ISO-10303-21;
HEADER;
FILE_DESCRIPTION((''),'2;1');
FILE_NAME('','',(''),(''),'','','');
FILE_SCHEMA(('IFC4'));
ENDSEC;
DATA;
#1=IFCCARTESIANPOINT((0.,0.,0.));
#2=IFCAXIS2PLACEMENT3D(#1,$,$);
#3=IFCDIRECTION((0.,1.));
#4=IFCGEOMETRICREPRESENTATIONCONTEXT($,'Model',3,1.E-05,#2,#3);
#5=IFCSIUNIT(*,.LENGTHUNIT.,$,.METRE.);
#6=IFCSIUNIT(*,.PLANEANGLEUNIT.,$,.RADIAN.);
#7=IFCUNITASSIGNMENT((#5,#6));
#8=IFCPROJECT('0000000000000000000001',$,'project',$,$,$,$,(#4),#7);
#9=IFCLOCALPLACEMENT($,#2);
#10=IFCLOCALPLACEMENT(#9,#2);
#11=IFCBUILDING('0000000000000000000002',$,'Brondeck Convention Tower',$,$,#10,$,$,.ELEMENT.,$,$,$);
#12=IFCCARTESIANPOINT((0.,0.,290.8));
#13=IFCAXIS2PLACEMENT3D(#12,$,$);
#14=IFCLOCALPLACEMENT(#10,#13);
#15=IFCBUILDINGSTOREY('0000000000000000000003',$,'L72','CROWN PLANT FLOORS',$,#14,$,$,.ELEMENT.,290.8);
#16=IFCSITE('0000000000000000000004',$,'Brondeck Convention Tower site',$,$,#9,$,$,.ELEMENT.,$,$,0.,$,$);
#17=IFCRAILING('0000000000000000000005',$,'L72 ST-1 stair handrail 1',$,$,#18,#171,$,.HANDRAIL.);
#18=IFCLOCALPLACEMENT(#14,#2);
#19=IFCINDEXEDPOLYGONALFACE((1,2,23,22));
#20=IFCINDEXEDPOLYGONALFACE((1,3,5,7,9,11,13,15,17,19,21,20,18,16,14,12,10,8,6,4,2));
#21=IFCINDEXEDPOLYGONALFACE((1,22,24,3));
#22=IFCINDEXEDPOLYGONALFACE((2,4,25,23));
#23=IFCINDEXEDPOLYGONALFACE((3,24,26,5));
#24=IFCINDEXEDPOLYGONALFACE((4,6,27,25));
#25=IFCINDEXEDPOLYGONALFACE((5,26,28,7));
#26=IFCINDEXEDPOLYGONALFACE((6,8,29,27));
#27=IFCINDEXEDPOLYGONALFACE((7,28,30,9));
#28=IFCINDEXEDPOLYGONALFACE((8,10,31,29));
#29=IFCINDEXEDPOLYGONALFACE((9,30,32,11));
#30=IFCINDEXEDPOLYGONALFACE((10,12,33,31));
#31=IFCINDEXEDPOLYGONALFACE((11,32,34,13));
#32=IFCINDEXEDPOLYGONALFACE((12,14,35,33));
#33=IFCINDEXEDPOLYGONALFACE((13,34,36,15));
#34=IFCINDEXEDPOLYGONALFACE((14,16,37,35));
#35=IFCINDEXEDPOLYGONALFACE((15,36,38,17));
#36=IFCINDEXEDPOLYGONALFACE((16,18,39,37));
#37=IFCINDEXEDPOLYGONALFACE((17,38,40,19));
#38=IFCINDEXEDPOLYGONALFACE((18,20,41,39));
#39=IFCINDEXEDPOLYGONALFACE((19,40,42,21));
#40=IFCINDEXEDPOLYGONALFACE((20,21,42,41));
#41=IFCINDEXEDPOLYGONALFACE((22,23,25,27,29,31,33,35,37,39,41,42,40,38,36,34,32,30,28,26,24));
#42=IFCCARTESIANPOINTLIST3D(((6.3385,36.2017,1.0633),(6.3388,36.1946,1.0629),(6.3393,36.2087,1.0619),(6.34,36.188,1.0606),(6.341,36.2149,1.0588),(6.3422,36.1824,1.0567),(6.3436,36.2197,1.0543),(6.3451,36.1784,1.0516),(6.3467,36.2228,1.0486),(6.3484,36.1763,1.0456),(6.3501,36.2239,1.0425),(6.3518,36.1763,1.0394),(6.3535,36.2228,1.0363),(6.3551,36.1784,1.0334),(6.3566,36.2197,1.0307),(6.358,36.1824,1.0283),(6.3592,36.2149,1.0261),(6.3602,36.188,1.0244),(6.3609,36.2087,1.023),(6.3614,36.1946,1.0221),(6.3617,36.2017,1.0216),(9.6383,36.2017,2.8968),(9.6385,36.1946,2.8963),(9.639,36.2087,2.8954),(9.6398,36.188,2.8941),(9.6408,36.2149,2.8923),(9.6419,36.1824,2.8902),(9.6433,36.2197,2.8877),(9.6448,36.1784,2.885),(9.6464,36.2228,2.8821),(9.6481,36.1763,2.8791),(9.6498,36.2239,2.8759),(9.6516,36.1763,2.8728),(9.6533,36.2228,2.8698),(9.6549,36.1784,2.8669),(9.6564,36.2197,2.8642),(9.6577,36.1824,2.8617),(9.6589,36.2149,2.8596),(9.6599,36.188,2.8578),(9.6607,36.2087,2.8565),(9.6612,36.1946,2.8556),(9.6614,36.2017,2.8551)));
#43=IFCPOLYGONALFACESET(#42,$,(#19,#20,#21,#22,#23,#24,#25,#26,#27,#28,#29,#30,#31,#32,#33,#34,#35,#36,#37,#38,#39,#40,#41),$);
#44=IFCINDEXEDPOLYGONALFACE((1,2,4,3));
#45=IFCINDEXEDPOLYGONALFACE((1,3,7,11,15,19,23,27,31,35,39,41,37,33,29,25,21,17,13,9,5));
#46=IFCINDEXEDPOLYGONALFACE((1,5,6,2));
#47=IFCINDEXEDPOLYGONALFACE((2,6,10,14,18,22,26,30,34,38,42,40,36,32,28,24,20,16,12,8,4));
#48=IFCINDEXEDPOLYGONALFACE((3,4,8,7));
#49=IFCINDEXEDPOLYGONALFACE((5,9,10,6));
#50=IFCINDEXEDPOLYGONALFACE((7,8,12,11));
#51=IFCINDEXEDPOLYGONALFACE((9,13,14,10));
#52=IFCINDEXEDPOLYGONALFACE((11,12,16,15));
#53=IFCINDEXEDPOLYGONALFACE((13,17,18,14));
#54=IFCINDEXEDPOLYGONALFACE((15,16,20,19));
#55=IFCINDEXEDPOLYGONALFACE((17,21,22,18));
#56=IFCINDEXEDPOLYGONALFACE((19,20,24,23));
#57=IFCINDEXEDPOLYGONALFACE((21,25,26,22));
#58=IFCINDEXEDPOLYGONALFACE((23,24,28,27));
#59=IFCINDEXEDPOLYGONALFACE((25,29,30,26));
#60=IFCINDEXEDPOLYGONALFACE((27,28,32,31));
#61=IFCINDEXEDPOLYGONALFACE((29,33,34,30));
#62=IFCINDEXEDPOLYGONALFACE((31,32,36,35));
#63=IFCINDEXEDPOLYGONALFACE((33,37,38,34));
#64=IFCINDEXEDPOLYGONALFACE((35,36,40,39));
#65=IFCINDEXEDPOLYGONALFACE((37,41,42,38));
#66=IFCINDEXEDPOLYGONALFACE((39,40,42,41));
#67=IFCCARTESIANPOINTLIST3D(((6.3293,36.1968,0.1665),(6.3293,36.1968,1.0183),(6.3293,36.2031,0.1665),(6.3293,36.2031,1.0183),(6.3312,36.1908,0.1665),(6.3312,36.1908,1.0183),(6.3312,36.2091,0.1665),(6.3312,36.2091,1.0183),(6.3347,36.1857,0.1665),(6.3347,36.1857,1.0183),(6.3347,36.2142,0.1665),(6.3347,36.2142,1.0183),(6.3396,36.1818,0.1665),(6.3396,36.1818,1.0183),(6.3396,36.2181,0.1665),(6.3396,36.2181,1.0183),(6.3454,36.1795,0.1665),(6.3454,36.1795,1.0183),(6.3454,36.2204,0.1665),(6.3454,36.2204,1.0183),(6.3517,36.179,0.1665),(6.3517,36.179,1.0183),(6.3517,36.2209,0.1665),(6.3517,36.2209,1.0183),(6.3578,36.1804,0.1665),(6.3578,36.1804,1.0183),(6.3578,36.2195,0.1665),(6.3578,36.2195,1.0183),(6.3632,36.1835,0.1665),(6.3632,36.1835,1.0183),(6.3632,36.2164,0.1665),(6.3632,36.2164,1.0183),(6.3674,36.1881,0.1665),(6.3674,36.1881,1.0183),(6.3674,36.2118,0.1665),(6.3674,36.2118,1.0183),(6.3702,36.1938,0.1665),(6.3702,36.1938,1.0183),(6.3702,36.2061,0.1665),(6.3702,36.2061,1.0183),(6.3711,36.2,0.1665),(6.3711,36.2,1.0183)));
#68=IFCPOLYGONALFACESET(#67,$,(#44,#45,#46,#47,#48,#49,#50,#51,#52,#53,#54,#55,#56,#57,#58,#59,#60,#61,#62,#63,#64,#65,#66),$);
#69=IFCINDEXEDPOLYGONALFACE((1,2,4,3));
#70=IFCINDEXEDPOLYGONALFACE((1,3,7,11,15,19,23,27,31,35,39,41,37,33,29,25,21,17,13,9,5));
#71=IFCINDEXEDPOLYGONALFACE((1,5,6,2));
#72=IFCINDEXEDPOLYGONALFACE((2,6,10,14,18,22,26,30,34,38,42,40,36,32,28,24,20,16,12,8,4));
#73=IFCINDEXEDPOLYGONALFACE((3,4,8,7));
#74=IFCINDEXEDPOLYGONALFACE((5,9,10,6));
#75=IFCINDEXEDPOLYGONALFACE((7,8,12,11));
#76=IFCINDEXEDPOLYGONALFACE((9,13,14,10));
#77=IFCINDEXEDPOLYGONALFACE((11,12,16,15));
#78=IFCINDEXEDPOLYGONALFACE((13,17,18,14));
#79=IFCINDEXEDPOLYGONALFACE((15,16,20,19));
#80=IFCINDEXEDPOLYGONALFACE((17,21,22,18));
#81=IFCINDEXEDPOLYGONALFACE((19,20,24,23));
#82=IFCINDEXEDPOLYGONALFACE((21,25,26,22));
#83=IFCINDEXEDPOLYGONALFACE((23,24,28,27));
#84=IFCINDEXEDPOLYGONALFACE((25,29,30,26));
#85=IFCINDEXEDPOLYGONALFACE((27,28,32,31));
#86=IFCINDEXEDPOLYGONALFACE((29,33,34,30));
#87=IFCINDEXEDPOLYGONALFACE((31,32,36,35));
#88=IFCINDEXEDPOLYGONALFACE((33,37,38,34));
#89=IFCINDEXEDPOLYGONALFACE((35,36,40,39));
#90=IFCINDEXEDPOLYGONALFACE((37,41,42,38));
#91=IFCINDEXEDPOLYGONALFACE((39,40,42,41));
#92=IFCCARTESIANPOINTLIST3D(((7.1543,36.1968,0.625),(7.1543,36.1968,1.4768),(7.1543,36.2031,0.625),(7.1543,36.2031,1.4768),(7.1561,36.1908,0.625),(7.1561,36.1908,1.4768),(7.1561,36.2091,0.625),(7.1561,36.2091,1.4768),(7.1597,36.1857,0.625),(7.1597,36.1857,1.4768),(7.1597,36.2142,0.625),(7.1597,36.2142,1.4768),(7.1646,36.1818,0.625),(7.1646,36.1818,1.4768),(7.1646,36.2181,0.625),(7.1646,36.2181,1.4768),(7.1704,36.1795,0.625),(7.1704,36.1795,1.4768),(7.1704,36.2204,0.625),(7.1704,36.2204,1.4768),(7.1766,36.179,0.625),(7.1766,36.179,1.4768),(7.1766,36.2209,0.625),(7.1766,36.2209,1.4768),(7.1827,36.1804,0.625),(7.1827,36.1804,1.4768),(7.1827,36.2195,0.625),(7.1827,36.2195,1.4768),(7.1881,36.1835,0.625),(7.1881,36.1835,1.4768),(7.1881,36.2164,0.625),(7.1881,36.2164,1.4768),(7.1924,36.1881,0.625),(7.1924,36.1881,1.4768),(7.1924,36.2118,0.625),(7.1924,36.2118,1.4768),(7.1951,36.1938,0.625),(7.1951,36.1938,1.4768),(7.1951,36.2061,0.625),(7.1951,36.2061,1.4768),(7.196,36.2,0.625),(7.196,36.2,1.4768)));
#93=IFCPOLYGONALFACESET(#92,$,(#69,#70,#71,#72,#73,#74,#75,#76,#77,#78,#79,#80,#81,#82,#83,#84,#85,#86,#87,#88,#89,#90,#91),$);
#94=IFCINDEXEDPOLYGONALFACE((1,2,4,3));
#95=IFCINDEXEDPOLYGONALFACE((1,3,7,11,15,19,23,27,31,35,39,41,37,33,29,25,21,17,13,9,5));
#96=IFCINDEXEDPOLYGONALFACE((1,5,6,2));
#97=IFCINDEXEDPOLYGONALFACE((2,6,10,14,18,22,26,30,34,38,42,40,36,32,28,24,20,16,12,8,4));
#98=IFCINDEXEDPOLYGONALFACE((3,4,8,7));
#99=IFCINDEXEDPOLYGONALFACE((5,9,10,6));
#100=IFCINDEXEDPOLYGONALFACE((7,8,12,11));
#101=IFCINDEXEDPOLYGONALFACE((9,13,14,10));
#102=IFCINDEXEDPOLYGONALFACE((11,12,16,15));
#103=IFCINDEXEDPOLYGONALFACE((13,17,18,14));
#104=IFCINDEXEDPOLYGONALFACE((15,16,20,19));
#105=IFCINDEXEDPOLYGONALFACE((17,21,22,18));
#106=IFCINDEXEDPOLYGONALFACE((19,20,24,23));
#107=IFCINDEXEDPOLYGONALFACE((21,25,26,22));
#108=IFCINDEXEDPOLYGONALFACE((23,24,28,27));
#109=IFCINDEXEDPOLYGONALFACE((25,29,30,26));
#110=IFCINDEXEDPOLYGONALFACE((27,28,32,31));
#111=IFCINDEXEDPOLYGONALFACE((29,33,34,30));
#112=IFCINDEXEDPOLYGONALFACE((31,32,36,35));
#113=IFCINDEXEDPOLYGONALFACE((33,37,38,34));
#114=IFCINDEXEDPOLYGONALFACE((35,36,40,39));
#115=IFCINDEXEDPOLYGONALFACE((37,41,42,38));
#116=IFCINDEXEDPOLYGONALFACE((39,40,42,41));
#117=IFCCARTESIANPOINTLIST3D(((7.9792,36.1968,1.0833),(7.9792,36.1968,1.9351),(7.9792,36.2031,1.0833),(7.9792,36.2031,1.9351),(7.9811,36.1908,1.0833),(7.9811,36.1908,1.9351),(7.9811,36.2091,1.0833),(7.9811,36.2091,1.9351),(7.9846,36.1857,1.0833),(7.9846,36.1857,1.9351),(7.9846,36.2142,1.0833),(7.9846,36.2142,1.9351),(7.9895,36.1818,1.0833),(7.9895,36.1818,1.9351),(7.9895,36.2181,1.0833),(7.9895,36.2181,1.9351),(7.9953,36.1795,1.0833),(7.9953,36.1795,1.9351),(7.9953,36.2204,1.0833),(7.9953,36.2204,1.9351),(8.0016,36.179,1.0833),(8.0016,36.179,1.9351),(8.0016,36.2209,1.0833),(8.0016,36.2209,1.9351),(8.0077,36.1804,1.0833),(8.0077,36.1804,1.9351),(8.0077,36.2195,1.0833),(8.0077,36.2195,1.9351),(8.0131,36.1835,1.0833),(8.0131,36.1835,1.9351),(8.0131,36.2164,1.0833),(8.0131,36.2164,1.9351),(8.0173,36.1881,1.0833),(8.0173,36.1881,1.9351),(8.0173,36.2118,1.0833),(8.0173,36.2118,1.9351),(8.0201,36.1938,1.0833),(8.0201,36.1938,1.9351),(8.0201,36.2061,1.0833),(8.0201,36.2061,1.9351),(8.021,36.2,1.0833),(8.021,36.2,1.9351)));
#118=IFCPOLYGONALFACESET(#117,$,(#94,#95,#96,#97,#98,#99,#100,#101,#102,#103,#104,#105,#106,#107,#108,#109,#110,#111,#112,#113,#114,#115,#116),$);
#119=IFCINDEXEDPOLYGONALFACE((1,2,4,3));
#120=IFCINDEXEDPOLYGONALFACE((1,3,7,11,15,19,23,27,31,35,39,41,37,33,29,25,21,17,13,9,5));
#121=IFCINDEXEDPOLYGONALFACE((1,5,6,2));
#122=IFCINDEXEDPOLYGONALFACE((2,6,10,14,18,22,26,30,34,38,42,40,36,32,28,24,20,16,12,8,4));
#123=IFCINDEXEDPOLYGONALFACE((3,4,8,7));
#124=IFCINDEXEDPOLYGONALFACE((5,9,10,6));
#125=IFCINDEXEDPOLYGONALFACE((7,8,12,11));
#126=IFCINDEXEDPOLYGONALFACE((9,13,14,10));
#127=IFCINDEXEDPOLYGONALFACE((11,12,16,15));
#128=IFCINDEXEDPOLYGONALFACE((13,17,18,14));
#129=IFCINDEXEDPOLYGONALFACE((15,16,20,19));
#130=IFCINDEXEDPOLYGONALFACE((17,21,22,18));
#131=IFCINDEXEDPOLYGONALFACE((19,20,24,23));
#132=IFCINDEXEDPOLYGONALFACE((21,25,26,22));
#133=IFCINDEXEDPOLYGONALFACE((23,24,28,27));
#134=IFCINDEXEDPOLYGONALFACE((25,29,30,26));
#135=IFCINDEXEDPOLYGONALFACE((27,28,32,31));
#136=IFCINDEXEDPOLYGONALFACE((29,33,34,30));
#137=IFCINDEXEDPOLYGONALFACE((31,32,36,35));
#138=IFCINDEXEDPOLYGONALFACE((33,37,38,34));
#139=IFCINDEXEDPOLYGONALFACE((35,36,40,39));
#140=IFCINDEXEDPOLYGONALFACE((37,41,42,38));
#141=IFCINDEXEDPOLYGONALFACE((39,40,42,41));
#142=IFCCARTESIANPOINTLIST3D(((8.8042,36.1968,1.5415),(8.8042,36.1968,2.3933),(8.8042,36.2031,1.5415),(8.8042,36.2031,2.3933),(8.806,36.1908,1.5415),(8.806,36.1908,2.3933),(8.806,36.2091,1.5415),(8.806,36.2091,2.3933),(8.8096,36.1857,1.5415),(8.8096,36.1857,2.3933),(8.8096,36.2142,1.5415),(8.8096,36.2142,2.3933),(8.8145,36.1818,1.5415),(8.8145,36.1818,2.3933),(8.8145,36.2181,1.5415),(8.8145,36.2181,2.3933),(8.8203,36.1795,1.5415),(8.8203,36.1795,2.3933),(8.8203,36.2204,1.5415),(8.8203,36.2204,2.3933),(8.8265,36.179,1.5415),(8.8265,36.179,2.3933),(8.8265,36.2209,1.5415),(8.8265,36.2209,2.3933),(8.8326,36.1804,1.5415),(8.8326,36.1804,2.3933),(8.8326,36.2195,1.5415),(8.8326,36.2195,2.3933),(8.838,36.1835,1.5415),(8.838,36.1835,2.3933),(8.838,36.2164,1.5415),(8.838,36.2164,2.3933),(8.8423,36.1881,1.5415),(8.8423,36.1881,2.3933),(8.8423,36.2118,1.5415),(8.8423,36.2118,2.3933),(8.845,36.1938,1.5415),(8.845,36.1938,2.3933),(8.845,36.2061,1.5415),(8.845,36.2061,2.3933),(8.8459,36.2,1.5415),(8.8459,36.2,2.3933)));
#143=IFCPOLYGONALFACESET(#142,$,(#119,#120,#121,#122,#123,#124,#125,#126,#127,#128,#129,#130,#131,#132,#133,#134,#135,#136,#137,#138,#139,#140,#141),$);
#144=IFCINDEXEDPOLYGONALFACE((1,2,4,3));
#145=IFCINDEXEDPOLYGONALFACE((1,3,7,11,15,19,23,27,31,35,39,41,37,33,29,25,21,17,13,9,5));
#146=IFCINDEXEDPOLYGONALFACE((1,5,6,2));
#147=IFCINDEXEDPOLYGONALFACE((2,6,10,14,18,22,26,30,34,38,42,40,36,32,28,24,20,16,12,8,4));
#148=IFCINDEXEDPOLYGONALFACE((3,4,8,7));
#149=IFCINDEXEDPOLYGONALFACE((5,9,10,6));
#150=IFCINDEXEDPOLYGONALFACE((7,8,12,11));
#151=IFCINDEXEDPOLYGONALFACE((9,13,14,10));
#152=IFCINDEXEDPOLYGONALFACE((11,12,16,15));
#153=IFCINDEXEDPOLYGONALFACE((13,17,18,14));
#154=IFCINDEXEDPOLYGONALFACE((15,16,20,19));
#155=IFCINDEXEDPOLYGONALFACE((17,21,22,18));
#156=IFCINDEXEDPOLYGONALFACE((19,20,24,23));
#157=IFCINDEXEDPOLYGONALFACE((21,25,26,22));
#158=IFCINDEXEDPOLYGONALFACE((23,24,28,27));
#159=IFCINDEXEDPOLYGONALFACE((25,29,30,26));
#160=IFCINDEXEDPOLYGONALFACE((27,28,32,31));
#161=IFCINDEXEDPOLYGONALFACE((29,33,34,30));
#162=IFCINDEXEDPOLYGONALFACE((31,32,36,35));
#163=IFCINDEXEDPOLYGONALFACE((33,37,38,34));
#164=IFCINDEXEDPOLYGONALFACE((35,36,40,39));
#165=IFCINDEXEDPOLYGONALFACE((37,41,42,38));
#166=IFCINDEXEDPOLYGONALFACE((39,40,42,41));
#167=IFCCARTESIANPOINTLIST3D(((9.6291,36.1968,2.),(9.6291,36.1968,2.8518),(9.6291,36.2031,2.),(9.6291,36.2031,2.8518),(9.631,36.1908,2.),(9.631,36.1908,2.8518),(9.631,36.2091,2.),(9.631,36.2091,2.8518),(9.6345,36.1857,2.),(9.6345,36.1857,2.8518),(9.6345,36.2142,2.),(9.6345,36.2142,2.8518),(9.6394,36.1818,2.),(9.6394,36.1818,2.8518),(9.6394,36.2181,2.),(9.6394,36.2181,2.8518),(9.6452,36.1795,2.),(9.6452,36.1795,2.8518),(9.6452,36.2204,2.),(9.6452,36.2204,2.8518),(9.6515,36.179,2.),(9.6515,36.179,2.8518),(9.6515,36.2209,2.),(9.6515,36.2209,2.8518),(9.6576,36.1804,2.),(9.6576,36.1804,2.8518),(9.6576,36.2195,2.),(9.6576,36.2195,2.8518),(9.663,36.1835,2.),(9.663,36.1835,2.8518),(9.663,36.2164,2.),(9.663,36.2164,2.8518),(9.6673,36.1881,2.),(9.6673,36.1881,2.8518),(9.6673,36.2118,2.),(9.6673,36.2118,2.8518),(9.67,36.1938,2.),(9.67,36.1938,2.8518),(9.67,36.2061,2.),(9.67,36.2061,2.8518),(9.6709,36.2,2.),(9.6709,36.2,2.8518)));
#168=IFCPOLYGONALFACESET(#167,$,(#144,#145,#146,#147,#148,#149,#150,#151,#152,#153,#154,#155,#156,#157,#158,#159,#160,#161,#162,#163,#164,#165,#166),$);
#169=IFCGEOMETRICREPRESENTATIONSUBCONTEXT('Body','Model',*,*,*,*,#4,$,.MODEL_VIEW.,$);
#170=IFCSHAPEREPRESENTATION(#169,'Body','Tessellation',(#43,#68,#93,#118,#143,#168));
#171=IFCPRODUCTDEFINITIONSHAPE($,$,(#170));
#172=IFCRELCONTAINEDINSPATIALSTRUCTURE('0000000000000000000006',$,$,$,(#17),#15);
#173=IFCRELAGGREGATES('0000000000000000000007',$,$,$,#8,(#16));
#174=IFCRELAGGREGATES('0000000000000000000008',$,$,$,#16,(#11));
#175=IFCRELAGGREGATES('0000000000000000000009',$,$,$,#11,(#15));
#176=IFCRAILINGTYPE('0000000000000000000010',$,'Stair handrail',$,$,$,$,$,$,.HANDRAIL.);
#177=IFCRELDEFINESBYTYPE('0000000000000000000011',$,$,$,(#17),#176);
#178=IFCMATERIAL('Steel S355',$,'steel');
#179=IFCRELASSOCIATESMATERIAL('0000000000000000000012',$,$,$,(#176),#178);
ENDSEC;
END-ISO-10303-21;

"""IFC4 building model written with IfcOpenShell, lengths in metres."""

from ifc_helpers import new_model, si_unit, direction, frame, origin, origin_2d, place, context, subcontext, project, spatial, circle, extrude, material, type_object, element, save


model = new_model("IFC4")

# Units and contexts
model_context = context("Model", 3, precision=1e-05, world=origin(), true_north=direction((0.0, 1.0)))
body_context = subcontext(model_context, "Body", "Model", "MODEL_VIEW")
ifc_project = project(units=[si_unit("LENGTHUNIT", "METRE"), si_unit("PLANEANGLEUNIT", "RADIAN")], contexts=[model_context])

# Site, building, storey
site_placement = place(None, origin())
site = spatial("IfcSite", under=ifc_project, at=site_placement, Name="Brondeck Convention Tower site", CompositionType="ELEMENT", RefElevation=0.0)
building_placement = place(site_placement, origin())
building = spatial("IfcBuilding", under=site, at=building_placement, Name="Brondeck Convention Tower", CompositionType="ELEMENT")
storey_placement = place(building_placement, frame((0.0, 0.0, 290.8)))
storey = spatial("IfcBuildingStorey", under=building, at=storey_placement, Name="L72", Description="CROWN PLANT FLOORS", CompositionType="ELEMENT", Elevation=290.8)

# Railing
ifc_material_1 = material(Name="Steel S355", Category="steel")
railing_type_1 = type_object("IfcRailingType", Name="Stair handrail", PredefinedType="HANDRAIL", material=ifc_material_1)
railing_1_placement = place(storey_placement, frame((6.3501, 36.2, 0.1665)))
element("IfcRailing", 1, at=railing_1_placement, inside=storey, type_object=railing_type_1, Name="L72 ST-1 stair handrail 1", PredefinedType="HANDRAIL", context=body_context, shape_type="SweptSolid", body=[
    extrude(circle(Radius=0.0239, at=origin_2d()), frame((0.0, 0.0, 0.876), z_axis=(0.874127, 0.0, 0.485698), x_axis=(0.0, 1.0, 0.0)), (0.0, 0.0, 1.0), 3.7749),
    extrude(circle(Radius=0.021, at=origin_2d()), origin(), (0.0, 0.0, 1.0), 0.8518),
    extrude(circle(Radius=0.021, at=origin_2d()), frame((0.825, 0.0, 0.4585)), (0.0, 0.0, 1.0), 0.8518),
    extrude(circle(Radius=0.021, at=origin_2d()), frame((1.6499, 0.0, 0.9167)), (0.0, 0.0, 1.0), 0.8518),
    extrude(circle(Radius=0.021, at=origin_2d()), frame((2.4749, 0.0, 1.375)), (0.0, 0.0, 1.0), 0.8518),
    extrude(circle(Radius=0.021, at=origin_2d()), frame((3.2998, 0.0, 1.8335)), (0.0, 0.0, 1.0), 0.8518),
])

save(model, "model.ifc")
